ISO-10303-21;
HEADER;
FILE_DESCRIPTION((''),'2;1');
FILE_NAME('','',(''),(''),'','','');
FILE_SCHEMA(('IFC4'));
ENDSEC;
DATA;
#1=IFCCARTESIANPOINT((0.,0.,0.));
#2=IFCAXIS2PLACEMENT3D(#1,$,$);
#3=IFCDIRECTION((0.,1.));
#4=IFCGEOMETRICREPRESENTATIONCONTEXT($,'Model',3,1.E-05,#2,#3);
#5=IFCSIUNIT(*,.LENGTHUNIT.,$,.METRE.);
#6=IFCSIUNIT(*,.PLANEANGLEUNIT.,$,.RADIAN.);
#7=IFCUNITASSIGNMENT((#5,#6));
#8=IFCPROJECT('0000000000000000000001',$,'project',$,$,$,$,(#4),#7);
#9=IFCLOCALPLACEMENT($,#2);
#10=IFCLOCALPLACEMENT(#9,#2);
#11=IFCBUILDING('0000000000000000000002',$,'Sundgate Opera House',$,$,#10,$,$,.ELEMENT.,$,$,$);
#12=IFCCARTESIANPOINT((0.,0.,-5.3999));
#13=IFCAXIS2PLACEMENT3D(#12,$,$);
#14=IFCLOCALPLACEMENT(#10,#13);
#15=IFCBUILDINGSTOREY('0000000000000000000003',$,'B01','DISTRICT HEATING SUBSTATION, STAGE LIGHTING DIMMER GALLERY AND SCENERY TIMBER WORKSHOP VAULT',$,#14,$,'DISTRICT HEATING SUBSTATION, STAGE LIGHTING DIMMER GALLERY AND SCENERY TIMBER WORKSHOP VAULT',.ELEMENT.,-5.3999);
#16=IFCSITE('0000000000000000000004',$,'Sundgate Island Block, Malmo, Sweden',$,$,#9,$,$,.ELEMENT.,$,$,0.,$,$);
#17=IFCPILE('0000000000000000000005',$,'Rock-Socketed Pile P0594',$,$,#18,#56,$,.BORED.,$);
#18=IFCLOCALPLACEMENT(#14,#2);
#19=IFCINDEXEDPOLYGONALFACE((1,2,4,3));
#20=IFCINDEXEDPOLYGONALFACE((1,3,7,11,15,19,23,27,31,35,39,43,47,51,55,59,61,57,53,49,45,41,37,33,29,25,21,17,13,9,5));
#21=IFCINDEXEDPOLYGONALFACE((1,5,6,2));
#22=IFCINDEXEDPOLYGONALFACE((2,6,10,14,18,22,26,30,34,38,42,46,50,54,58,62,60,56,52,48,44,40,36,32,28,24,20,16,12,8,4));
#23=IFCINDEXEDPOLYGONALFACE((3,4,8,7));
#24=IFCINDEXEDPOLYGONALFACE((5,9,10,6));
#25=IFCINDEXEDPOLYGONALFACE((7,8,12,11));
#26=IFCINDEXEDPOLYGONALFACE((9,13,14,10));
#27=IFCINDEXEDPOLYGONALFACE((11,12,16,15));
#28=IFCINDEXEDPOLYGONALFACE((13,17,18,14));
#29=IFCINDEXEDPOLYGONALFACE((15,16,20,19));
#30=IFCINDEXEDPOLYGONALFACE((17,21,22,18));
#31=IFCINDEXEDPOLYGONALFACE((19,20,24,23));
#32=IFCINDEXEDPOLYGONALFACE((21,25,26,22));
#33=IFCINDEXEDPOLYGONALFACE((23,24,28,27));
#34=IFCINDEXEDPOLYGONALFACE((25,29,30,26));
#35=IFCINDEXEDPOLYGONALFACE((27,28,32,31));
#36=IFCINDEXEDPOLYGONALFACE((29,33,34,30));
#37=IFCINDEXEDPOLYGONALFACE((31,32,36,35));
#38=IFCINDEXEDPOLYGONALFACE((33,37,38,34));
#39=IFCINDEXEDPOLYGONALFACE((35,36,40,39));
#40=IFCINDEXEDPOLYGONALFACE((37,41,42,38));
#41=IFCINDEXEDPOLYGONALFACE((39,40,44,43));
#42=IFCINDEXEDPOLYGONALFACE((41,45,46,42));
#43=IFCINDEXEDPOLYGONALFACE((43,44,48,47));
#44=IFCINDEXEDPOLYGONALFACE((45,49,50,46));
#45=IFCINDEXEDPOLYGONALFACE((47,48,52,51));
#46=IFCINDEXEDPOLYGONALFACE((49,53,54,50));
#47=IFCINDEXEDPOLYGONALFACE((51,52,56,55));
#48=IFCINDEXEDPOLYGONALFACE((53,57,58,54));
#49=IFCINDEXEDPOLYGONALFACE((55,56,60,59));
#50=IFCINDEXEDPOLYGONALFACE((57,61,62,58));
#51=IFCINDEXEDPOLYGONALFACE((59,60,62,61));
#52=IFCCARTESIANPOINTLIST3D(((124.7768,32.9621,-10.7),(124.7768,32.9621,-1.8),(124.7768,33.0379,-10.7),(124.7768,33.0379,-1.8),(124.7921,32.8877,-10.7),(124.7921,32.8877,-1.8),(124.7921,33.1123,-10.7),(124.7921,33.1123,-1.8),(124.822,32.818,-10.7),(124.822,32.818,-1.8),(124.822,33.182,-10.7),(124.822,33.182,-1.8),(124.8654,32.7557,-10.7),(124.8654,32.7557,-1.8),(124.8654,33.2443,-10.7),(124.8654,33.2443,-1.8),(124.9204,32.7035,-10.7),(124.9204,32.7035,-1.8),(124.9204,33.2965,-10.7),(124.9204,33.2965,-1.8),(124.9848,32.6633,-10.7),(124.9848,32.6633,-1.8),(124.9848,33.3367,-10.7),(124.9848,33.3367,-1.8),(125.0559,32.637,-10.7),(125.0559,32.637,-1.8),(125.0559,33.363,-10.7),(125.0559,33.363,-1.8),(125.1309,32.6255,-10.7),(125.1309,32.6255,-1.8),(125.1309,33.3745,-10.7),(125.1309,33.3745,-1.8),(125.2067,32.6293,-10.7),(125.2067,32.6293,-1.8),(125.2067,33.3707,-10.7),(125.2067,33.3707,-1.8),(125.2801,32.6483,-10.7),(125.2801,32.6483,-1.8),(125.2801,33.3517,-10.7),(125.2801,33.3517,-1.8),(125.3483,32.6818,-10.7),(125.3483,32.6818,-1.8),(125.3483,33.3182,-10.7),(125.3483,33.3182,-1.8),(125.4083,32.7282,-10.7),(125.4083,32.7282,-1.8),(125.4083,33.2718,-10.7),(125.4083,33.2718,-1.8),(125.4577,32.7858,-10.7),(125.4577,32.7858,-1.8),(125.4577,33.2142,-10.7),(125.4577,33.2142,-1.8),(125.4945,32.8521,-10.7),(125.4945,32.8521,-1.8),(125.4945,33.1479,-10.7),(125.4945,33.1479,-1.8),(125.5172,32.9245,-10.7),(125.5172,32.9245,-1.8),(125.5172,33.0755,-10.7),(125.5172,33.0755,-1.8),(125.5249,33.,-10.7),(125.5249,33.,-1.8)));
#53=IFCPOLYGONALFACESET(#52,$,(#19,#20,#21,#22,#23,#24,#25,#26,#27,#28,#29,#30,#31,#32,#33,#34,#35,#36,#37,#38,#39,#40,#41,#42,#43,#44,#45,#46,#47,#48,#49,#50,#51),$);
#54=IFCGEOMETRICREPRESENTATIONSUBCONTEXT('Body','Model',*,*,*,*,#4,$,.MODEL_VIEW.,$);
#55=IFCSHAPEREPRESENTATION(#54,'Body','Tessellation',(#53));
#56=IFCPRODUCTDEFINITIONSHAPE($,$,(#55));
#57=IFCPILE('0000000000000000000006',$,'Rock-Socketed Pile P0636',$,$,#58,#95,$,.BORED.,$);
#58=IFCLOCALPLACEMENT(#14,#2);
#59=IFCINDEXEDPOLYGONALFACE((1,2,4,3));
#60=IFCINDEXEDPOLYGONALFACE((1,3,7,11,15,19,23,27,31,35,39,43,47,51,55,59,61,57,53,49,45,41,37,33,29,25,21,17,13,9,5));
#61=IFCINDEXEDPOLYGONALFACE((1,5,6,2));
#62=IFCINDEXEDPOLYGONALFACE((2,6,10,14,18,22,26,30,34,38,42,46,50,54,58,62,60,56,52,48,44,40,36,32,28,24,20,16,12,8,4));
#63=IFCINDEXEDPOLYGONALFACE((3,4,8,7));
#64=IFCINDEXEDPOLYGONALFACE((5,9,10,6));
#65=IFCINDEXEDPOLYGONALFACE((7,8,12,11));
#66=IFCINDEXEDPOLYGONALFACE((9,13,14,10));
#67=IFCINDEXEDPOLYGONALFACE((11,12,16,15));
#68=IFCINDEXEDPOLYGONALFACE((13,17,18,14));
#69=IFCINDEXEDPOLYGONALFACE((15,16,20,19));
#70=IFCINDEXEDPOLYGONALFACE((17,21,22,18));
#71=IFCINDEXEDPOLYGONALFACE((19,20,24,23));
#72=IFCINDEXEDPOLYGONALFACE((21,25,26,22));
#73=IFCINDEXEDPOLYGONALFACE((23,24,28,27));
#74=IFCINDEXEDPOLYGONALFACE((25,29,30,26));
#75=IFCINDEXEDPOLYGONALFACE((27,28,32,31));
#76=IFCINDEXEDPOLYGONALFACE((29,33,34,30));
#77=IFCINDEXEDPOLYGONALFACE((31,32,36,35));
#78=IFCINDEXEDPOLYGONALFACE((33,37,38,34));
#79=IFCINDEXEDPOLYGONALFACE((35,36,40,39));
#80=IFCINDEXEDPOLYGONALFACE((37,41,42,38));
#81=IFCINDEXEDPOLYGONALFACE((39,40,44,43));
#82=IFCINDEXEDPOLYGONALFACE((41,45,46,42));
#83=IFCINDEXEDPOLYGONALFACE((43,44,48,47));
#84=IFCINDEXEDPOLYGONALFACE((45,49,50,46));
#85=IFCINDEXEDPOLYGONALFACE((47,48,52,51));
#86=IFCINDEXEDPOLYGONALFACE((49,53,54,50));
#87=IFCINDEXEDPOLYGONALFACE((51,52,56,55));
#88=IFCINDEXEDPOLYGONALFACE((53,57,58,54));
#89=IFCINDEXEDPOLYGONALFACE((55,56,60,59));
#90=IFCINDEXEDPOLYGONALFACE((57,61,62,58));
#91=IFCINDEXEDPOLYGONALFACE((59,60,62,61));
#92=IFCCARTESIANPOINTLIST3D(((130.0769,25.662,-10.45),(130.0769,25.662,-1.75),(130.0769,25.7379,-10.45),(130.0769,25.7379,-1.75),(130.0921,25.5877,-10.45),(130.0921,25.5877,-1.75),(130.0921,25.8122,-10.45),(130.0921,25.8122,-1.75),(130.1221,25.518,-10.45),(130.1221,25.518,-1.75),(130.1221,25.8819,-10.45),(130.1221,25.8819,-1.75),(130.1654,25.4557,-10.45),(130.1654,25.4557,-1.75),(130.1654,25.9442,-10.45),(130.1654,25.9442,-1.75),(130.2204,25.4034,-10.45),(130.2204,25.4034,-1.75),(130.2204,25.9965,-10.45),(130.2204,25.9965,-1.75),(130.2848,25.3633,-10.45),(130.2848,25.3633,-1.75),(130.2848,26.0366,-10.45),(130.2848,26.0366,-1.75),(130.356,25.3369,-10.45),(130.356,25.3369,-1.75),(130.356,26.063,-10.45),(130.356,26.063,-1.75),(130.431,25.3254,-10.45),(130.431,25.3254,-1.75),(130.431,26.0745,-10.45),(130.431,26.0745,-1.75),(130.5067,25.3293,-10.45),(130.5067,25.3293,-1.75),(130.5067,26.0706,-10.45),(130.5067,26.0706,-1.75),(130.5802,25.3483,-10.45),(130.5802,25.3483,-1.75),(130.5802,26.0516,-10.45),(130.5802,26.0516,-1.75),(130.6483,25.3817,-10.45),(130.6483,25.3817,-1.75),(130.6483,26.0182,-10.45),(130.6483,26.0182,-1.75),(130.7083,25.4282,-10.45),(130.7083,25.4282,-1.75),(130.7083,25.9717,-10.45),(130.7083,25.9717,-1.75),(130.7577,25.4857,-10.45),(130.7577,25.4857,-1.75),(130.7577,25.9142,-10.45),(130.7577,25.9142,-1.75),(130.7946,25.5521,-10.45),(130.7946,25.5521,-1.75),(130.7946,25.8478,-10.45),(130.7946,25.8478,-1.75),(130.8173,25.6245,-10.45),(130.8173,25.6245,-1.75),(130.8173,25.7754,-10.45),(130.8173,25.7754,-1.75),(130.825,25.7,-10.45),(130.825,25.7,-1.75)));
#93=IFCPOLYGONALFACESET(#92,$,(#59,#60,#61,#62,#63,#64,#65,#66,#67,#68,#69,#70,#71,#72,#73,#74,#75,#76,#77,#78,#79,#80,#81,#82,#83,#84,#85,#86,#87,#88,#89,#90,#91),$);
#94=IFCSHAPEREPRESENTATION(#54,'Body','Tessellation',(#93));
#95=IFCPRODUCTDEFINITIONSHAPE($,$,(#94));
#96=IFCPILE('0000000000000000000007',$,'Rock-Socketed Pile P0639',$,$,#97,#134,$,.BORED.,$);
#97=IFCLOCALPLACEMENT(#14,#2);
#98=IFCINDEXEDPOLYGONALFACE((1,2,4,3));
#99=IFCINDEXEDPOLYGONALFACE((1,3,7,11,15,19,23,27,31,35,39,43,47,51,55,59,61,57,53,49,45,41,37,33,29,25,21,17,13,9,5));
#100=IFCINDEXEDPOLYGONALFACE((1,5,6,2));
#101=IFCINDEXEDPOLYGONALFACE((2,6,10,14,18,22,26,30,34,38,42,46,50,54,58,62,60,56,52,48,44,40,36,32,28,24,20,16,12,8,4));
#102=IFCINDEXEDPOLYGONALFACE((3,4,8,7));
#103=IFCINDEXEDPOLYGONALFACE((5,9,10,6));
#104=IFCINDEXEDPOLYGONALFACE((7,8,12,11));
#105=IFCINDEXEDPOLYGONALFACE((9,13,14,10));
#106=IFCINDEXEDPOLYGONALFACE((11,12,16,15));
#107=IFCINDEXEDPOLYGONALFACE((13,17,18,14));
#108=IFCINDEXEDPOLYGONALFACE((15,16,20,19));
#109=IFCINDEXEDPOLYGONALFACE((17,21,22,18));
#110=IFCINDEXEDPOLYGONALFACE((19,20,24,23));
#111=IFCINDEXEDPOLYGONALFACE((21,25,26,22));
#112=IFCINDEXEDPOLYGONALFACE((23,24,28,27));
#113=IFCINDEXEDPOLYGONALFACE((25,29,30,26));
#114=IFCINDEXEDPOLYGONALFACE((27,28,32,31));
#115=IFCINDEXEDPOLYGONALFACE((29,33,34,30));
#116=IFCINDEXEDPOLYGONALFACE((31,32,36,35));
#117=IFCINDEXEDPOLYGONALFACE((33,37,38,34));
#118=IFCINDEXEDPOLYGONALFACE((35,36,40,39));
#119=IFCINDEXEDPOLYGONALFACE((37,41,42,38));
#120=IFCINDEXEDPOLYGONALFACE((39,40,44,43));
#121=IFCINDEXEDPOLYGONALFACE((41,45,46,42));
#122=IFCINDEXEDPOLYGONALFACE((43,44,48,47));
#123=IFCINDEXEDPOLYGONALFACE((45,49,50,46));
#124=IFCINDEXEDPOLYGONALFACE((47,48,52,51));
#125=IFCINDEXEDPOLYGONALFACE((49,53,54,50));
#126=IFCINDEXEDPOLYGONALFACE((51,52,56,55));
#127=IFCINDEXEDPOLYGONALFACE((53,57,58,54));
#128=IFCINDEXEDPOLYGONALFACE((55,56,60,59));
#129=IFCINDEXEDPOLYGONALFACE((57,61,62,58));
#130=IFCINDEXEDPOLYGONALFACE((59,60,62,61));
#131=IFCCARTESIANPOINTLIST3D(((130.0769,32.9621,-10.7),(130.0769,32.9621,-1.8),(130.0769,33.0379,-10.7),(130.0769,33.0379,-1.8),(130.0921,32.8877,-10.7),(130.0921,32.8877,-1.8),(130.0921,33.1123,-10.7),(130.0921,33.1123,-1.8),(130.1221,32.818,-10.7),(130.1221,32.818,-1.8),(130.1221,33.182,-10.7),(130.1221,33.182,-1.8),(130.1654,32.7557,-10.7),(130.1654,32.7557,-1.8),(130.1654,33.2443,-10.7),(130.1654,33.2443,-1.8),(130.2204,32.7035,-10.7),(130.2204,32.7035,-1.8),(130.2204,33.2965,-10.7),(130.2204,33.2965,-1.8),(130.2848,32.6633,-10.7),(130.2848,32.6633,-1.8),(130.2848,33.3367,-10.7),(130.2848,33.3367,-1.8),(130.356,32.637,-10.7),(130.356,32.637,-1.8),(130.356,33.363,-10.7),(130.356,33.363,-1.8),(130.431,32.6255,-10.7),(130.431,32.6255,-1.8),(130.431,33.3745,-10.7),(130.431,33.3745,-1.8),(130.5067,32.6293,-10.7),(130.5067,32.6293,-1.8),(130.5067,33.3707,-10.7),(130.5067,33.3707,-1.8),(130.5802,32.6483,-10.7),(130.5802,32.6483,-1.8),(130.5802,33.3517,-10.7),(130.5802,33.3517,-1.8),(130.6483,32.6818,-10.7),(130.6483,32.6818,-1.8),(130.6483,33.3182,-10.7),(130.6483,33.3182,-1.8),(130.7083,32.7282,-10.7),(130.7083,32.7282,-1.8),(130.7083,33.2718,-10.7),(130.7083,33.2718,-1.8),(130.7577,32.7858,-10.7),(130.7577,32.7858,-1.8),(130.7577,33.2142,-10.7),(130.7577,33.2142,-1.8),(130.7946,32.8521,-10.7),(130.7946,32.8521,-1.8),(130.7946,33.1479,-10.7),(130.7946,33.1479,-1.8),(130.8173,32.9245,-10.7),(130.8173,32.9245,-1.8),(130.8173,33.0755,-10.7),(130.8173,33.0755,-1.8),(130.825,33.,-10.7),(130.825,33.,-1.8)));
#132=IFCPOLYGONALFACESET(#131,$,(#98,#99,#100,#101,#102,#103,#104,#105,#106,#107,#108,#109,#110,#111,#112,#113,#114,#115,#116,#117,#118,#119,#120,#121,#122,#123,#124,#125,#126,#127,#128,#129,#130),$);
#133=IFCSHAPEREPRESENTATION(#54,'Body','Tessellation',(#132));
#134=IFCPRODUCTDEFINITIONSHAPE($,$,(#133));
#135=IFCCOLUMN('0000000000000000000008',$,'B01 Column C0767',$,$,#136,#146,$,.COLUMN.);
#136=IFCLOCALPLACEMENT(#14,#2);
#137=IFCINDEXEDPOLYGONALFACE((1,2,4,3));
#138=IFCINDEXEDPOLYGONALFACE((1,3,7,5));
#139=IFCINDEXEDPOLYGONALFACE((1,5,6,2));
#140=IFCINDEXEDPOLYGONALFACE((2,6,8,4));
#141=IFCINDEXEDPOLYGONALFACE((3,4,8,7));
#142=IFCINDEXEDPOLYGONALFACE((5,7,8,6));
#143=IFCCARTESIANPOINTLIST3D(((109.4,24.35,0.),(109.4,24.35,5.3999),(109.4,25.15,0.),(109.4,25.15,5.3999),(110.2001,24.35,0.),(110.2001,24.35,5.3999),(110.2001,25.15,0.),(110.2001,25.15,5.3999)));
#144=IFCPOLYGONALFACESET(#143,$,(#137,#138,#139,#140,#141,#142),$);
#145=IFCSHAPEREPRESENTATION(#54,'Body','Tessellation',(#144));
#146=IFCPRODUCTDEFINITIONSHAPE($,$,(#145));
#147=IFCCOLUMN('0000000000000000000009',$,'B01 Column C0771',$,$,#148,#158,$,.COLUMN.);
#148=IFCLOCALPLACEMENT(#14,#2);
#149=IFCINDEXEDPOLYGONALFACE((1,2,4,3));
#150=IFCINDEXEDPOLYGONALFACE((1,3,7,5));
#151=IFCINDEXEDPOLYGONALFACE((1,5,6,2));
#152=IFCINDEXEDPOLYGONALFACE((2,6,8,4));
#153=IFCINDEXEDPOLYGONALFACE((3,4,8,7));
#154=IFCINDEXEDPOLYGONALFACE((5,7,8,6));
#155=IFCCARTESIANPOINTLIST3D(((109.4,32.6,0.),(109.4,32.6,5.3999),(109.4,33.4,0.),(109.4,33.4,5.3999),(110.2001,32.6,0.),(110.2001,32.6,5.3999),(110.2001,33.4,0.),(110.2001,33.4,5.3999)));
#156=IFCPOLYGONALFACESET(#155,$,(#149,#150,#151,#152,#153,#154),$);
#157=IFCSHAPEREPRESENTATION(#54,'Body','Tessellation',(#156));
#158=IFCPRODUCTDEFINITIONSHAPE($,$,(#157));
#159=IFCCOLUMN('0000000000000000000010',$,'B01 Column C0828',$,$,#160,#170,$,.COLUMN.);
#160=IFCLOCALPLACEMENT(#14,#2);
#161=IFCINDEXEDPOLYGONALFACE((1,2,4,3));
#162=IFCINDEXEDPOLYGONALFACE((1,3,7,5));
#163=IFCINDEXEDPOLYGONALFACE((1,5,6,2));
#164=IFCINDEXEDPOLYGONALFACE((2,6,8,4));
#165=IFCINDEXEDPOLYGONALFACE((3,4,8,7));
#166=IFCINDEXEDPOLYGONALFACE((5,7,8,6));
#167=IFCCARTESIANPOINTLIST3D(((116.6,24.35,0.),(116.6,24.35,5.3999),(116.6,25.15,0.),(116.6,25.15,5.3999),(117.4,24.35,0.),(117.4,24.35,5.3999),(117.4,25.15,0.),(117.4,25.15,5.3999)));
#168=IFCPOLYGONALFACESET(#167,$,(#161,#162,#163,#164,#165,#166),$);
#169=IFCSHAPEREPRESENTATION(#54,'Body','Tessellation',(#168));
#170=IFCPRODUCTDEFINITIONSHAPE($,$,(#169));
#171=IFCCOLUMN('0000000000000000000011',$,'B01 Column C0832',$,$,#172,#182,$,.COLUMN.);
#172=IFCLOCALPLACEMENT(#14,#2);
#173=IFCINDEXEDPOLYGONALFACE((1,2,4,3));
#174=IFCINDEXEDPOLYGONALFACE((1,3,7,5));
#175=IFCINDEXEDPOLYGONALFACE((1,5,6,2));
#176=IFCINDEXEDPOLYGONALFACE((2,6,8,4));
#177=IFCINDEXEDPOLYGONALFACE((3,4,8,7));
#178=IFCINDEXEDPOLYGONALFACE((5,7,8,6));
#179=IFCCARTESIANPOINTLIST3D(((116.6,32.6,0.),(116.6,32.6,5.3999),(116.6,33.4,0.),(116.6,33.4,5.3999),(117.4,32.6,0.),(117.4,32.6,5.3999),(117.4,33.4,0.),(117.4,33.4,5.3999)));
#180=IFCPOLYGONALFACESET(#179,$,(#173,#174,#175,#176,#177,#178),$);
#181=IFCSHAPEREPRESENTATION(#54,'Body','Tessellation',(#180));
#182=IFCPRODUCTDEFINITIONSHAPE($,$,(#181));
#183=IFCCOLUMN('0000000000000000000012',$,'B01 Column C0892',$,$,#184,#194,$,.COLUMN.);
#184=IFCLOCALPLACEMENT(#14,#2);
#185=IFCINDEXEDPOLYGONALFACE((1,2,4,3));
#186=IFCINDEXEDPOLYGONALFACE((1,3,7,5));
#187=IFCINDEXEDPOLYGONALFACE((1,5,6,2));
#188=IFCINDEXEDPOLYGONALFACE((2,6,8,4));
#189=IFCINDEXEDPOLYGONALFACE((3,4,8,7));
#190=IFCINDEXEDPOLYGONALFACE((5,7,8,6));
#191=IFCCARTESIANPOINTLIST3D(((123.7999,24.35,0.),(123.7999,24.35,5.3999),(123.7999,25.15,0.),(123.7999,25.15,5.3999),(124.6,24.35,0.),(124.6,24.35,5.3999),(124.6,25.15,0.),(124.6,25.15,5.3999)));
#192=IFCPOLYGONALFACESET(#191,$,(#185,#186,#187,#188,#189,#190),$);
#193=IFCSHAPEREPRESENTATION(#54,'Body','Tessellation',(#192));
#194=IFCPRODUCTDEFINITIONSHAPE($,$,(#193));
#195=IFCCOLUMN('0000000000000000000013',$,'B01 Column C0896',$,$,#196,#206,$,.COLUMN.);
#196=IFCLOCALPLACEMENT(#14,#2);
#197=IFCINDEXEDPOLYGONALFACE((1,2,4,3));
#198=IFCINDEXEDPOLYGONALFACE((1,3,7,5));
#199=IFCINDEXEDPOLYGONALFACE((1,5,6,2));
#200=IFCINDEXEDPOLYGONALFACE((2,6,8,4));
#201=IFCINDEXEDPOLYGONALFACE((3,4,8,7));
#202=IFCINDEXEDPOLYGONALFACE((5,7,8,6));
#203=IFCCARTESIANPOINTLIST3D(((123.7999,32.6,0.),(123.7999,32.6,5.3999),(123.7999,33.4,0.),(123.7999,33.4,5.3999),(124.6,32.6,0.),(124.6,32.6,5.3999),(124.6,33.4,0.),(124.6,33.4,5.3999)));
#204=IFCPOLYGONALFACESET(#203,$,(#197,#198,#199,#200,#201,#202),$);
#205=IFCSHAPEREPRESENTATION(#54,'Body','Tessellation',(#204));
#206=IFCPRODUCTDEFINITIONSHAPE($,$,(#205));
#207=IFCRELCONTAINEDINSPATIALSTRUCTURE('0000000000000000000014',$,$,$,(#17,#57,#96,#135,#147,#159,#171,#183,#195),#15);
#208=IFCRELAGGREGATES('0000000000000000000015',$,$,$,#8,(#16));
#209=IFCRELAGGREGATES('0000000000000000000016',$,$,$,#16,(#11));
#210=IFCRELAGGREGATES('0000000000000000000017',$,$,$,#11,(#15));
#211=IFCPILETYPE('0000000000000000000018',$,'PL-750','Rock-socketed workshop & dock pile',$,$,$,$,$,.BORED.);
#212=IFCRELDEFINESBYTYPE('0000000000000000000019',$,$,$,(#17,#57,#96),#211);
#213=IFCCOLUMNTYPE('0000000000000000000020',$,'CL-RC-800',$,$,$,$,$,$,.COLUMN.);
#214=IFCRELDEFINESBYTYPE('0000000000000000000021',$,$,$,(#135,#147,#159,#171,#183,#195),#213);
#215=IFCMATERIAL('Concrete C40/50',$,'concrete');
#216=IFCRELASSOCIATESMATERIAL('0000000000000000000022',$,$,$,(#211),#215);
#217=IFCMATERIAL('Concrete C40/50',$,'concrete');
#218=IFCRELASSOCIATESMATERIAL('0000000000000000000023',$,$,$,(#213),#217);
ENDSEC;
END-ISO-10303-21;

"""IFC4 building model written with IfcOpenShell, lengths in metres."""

from ifc_helpers import new_model, si_unit, direction, frame, origin, origin_2d, place, context, subcontext, project, spatial, rectangle, circle, extrude, material, material_profile, profile_set, type_object, element, save


model = new_model("IFC4")

# Units and contexts
model_context = context("Model", 3, precision=1e-05, world=origin(), true_north=direction((0.0, 1.0)))
body_context = subcontext(model_context, "Body", "Model", "MODEL_VIEW")
ifc_project = project(units=[si_unit("LENGTHUNIT", "METRE"), si_unit("PLANEANGLEUNIT", "RADIAN")], contexts=[model_context])

# Site, building, storey
site_placement = place(None, origin())
site = spatial("IfcSite", under=ifc_project, at=site_placement, Name="Sundgate Island Block, Malmo, Sweden", CompositionType="ELEMENT", RefElevation=0.0)
building_placement = place(site_placement, origin())
building = spatial("IfcBuilding", under=site, at=building_placement, Name="Sundgate Opera House", CompositionType="ELEMENT")
storey_placement = place(building_placement, frame((0.0, 0.0, -5.3999)))
storey = spatial("IfcBuildingStorey", under=building, at=storey_placement, Name="B01", Description="DISTRICT HEATING SUBSTATION, STAGE LIGHTING DIMMER GALLERY AND SCENERY TIMBER WORKSHOP VAULT", LongName="DISTRICT HEATING SUBSTATION, STAGE LIGHTING DIMMER GALLERY AND SCENERY TIMBER WORKSHOP VAULT", CompositionType="ELEMENT", Elevation=-5.3999)

# Piles
ifc_material_1 = material(Name="Concrete C40/50", Category="concrete")
ifc_material_profile_1 = material_profile(ifc_material_1, circle(Radius=0.375, at=origin_2d()), Name="PILE D750")
ifc_profile_set_1 = profile_set([ifc_material_profile_1], Name="Concrete C40/50")
pile_type = type_object("IfcPileType", Name="PL-750", Description="Rock-socketed workshop & dock pile", PredefinedType="BORED", material=ifc_profile_set_1)
for number, where, z_axis, x_axis, name in (
    (1, (125.1499, 33.0, -1.8), (0.0, 0.0, -1.0), (1.0, 0.0, 0.0), "Rock-Socketed Pile P0594"),
):
    element("IfcPile", number, at=place(storey_placement, frame(where, z_axis=z_axis, x_axis=x_axis)), inside=storey, type_object=pile_type, Name=name, PredefinedType="BORED", context=body_context, shape_type="SweptSolid", body=[
        extrude(circle(Radius=0.375, at=origin_2d()), origin(), (0.0, 0.0, 1.0), 8.8999),
    ])
pile_1_placement = place(storey_placement, frame((130.45, 25.7, -1.75), z_axis=(0.0, 0.0, -1.0), x_axis=(1.0, 0.0, 0.0)))
element("IfcPile", 2, at=pile_1_placement, inside=storey, type_object=pile_type, Name="Rock-Socketed Pile P0636", PredefinedType="BORED", context=body_context, shape_type="SweptSolid", body=[
    extrude(circle(Radius=0.375, at=origin_2d()), origin(), (0.0, 0.0, 1.0), 8.7),
])
pile_2_placement = place(storey_placement, frame((130.45, 33.0, -1.8), z_axis=(0.0, 0.0, -1.0), x_axis=(1.0, 0.0, 0.0)))
element("IfcPile", 3, at=pile_2_placement, inside=storey, type_object=pile_type, Name="Rock-Socketed Pile P0639", PredefinedType="BORED", context=body_context, shape_type="SweptSolid", body=[
    extrude(circle(Radius=0.375, at=origin_2d()), origin(), (0.0, 0.0, 1.0), 8.8999),
])

# Columns
ifc_material_2 = material(Name="Concrete C40/50", Category="concrete")
ifc_material_profile_2 = material_profile(ifc_material_2, rectangle(XDim=0.8, YDim=0.8, at=origin_2d()), Name="RC 800x800")
ifc_profile_set_2 = profile_set([ifc_material_profile_2], Name="Concrete C40/50")
column_type = type_object("IfcColumnType", Name="CL-RC-800", PredefinedType="COLUMN", material=ifc_profile_set_2)
for number, where, z_axis, x_axis, name in (
    (4, (109.8, 24.75, 0.0), (0.0, 0.0, 1.0), (1.0, 0.0, 0.0), "B01 Column C0767"),
    (5, (109.8, 33.0, 0.0), (0.0, 0.0, 1.0), (1.0, 0.0, 0.0), "B01 Column C0771"),
    (6, (117.0, 24.75, 0.0), (0.0, 0.0, 1.0), (1.0, 0.0, 0.0), "B01 Column C0828"),
    (7, (117.0, 33.0, 0.0), (0.0, 0.0, 1.0), (1.0, 0.0, 0.0), "B01 Column C0832"),
    (8, (124.2, 24.75, 0.0), (0.0, 0.0, 1.0), (1.0, 0.0, 0.0), "B01 Column C0892"),
    (9, (124.2, 33.0, 0.0), (0.0, 0.0, 1.0), (1.0, 0.0, 0.0), "B01 Column C0896"),
):
    element("IfcColumn", number, at=place(storey_placement, frame(where, z_axis=z_axis, x_axis=x_axis)), inside=storey, type_object=column_type, Name=name, PredefinedType="COLUMN", context=body_context, shape_type="SweptSolid", body=[
        extrude(rectangle(XDim=0.8, YDim=0.8, at=origin_2d()), origin(), (0.0, 0.0, 1.0), 5.3999),
    ])

save(model, "model.ifc")
